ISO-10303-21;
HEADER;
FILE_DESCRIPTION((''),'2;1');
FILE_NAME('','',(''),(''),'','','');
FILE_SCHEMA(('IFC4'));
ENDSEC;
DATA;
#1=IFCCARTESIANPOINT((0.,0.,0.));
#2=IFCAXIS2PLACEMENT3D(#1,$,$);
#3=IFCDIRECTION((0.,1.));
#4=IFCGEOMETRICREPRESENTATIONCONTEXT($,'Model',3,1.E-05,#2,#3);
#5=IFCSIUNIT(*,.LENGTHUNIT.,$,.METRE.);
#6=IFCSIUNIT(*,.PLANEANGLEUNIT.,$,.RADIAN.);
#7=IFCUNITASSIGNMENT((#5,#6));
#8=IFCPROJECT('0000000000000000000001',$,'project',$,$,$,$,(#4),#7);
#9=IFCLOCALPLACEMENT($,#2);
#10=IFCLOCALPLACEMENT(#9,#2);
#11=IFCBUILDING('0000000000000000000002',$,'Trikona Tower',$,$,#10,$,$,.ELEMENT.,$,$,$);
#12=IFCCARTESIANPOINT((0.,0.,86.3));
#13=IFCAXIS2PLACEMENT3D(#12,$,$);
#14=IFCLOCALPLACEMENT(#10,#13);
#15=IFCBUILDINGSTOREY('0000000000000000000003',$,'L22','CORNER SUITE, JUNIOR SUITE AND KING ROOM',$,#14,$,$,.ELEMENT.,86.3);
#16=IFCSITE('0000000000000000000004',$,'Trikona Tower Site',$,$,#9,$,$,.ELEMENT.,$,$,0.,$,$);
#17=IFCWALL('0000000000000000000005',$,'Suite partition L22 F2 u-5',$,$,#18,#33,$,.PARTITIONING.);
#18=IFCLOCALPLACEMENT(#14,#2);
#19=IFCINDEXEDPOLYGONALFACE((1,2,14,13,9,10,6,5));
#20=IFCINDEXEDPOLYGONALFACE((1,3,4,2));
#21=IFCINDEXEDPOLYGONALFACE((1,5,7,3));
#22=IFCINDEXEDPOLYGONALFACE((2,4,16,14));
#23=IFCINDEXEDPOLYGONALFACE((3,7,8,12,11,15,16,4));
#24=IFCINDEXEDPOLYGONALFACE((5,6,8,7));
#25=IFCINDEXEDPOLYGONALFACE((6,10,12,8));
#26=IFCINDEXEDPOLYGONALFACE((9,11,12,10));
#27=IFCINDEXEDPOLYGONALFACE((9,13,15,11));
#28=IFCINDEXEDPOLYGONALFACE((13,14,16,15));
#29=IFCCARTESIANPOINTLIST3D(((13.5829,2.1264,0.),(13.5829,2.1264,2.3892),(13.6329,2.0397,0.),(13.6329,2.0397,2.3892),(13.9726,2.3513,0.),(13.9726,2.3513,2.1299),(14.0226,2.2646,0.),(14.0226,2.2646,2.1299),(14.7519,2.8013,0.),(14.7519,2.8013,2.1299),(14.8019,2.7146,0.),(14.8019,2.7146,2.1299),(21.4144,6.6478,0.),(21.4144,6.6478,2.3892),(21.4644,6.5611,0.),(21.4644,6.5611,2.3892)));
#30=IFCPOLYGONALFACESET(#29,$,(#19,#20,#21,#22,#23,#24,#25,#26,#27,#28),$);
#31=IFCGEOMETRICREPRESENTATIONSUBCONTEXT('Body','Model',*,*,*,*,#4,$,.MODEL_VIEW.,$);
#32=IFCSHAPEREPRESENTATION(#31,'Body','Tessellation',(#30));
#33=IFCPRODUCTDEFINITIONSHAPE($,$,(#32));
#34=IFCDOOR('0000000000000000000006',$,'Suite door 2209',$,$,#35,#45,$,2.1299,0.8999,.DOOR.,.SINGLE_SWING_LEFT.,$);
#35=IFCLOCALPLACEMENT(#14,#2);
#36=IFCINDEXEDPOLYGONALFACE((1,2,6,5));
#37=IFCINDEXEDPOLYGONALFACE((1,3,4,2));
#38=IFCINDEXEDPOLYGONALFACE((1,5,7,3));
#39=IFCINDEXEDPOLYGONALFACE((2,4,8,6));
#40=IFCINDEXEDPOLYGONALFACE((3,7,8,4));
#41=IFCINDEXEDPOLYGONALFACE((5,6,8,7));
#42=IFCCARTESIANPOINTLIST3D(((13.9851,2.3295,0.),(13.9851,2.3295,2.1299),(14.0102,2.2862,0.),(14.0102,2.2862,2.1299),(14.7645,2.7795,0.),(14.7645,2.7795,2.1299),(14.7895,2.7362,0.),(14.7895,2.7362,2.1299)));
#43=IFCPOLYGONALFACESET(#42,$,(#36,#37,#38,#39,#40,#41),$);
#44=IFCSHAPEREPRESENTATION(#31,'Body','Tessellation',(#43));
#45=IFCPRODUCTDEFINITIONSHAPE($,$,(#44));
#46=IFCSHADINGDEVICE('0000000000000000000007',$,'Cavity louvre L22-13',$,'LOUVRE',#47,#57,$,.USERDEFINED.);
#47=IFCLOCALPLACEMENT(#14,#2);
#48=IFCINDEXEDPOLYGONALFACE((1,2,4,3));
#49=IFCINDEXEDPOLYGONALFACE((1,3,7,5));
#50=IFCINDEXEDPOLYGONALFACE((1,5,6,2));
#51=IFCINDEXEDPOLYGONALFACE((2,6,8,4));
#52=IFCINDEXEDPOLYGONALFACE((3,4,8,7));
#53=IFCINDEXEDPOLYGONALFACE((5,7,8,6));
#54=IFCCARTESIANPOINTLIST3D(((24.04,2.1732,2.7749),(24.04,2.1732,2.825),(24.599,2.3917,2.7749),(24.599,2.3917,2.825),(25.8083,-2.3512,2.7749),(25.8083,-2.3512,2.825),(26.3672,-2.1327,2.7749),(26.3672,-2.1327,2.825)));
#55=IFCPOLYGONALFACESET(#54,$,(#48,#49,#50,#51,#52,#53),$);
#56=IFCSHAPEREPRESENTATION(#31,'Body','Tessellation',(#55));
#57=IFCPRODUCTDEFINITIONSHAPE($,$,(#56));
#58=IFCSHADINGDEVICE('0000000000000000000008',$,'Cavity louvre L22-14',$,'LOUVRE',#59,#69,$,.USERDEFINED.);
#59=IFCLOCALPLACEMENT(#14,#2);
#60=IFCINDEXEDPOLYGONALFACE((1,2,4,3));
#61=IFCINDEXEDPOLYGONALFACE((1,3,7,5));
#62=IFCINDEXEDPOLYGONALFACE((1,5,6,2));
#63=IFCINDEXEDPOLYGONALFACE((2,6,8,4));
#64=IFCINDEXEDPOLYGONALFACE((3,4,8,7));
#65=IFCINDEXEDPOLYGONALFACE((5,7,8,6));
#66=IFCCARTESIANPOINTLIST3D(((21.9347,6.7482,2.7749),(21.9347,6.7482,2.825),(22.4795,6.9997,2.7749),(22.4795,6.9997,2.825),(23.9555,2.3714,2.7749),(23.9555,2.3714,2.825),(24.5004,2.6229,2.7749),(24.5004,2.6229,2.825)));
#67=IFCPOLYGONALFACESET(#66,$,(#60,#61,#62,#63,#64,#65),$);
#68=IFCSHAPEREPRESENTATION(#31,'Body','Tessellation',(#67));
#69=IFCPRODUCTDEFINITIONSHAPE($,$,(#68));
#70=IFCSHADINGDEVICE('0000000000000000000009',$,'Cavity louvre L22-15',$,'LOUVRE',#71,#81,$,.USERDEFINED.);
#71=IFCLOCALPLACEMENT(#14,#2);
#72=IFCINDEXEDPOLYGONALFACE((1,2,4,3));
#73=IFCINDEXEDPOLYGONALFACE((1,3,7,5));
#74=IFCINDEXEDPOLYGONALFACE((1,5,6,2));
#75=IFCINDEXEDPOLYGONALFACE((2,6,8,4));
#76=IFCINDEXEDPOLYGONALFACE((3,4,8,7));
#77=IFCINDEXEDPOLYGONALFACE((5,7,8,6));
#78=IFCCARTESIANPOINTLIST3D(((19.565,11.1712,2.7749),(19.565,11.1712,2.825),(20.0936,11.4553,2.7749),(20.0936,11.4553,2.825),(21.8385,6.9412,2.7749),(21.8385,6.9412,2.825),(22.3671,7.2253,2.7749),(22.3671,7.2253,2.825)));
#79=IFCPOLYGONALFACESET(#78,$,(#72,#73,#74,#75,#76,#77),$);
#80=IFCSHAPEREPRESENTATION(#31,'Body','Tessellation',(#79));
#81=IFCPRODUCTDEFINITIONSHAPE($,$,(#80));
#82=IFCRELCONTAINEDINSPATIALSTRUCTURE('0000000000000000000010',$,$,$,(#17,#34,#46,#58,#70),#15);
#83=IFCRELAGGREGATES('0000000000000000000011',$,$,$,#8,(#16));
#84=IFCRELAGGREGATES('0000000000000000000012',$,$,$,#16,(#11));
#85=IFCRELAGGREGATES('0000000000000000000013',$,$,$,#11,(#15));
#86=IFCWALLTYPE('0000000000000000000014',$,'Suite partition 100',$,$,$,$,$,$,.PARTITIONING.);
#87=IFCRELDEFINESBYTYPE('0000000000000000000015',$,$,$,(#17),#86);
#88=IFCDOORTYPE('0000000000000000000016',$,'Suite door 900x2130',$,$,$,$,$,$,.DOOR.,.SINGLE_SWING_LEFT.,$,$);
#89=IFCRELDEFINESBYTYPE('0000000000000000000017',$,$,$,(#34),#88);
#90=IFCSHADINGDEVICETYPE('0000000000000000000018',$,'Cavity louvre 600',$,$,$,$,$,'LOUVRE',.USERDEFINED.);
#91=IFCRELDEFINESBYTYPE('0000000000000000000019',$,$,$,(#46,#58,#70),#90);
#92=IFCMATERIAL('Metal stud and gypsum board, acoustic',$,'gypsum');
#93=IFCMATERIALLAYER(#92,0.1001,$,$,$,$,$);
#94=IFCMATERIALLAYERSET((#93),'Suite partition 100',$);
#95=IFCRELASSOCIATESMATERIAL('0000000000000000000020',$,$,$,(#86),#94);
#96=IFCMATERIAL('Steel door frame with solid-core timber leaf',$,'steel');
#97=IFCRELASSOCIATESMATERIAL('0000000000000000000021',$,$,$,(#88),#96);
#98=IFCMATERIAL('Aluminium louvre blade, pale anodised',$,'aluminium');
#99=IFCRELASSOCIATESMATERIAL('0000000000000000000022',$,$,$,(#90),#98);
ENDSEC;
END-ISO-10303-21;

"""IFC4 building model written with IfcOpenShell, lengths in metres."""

from ifc_helpers import new_model, si_unit, direction, frame, frame_2d, origin, origin_2d, place, context, subcontext, project, spatial, rectangle, extrude, material, layer, layer_set, type_object, element, fill, save


model = new_model("IFC4")

# Units and contexts
model_context = context("Model", 3, precision=1e-05, world=origin(), true_north=direction((0.0, 1.0)))
body_context = subcontext(model_context, "Body", "Model", "MODEL_VIEW")
ifc_project = project(units=[si_unit("LENGTHUNIT", "METRE"), si_unit("PLANEANGLEUNIT", "RADIAN")], contexts=[model_context])

# Site, building, storey
site_placement = place(None, origin())
site = spatial("IfcSite", under=ifc_project, at=site_placement, Name="Trikona Tower Site", CompositionType="ELEMENT", RefElevation=0.0)
building_placement = place(site_placement, origin())
building = spatial("IfcBuilding", under=site, at=building_placement, Name="Trikona Tower", CompositionType="ELEMENT")
storey_placement = place(building_placement, frame((0.0, 0.0, 86.3)))
storey = spatial("IfcBuildingStorey", under=building, at=storey_placement, Name="L22", Description="CORNER SUITE, JUNIOR SUITE AND KING ROOM", CompositionType="ELEMENT", Elevation=86.3)

# Wall, opening, door
ifc_material_1 = material(Name="Metal stud and gypsum board, acoustic", Category="gypsum")
ifc_layer_1 = layer(ifc_material_1, 0.1001)
ifc_layer_set_1 = layer_set([ifc_layer_1], Name="Suite partition 100")
wall_type_1 = type_object("IfcWallType", Name="Suite partition 100", PredefinedType="PARTITIONING", material=ifc_layer_set_1)
wall_1_placement = place(storey_placement, frame((13.6079, 2.083, 0.0), z_axis=(0.0, 0.0, 1.0), x_axis=(0.866028, 0.499995, 0.0)))
wall_1 = element("IfcWall", 1, at=wall_1_placement, inside=storey, type_object=wall_type_1, Name="Suite partition L22 F2 u-5", PredefinedType="PARTITIONING", context=body_context, shape_type="SweptSolid", body=[
    extrude(rectangle(XDim=9.043, YDim=0.1001, at=frame_2d((4.5215, 0.0))), origin(), (0.0, 0.0, 1.0), 2.3892),
])
opening_1_placement = place(wall_1_placement, frame((0.45, 0.0, 0.0)))
opening_1 = element("IfcOpeningElement", 2, at=opening_1_placement, cuts=wall_1, PredefinedType="OPENING", context=body_context, shape_type="SweptSolid", body=[
    extrude(rectangle(XDim=0.8999, YDim=2.1299, at=frame_2d((0.45, 1.0649))), frame((0.0, 0.0601, 0.0), z_axis=(0.0, -1.0, 0.0), x_axis=(1.0, 0.0, 0.0)), (0.0, 0.0, 1.0), 0.1201),
])
ifc_material_2 = material(Name="Steel door frame with solid-core timber leaf", Category="steel")
door_type = type_object("IfcDoorType", Name="Suite door 900x2130", OperationType="SINGLE_SWING_LEFT", PredefinedType="DOOR", material=ifc_material_2)
door_placement = place(opening_1_placement, origin())
door = element("IfcDoor", 3, at=door_placement, inside=storey, type_object=door_type, Name="Suite door 2209", OperationType="SINGLE_SWING_LEFT", OverallHeight=2.1299, OverallWidth=0.8999, PredefinedType="DOOR", context=body_context, shape_type="SweptSolid", body=[
    extrude(rectangle(XDim=0.8999, YDim=2.1299, at=frame_2d((0.45, 1.0649))), frame((0.0, 0.0249, 0.0), z_axis=(0.0, -1.0, 0.0), x_axis=(1.0, 0.0, 0.0)), (0.0, 0.0, 1.0), 0.05),
])
fill(opening_1, door)

# Shading devices
ifc_material_3 = material(Name="Aluminium louvre blade, pale anodised", Category="aluminium")
shading_device_type = type_object("IfcShadingDeviceType", Name="Cavity louvre 600", ElementType="LOUVRE", PredefinedType="USERDEFINED", material=ifc_material_3)
shading_device_1_placement = place(storey_placement, frame((25.2036, 0.0203, 2.7749), z_axis=(0.0, 0.0, 1.0), x_axis=(-0.364009, 0.931395, 0.0)))
element("IfcShadingDevice", 4, at=shading_device_1_placement, inside=storey, type_object=shading_device_type, Name="Cavity louvre L22-13", ObjectType="LOUVRE", PredefinedType="USERDEFINED", context=body_context, shape_type="SweptSolid", body=[
    extrude(rectangle(XDim=4.8577, YDim=0.6001, at=origin_2d()), origin(), (0.0, 0.0, 1.0), 0.05),
])
shading_device_2_placement = place(storey_placement, frame((23.2175, 4.6855, 2.7749), z_axis=(0.0, 0.0, 1.0), x_axis=(-0.419194, 0.907897, 0.0)))
element("IfcShadingDevice", 5, at=shading_device_2_placement, inside=storey, type_object=shading_device_type, Name="Cavity louvre L22-14", ObjectType="LOUVRE", PredefinedType="USERDEFINED", context=body_context, shape_type="SweptSolid", body=[
    extrude(rectangle(XDim=4.8208, YDim=0.6001, at=origin_2d()), origin(), (0.0, 0.0, 1.0), 0.05),
])
shading_device_3_placement = place(storey_placement, frame((20.9661, 9.1982, 2.7749), z_axis=(0.0, 0.0, 1.0), x_axis=(-0.473423, 0.880835, 0.0)))
element("IfcShadingDevice", 6, at=shading_device_3_placement, inside=storey, type_object=shading_device_type, Name="Cavity louvre L22-15", ObjectType="LOUVRE", PredefinedType="USERDEFINED", context=body_context, shape_type="SweptSolid", body=[
    extrude(rectangle(XDim=4.8022, YDim=0.6001, at=origin_2d()), origin(), (0.0, 0.0, 1.0), 0.05),
])

save(model, "model.ifc")
